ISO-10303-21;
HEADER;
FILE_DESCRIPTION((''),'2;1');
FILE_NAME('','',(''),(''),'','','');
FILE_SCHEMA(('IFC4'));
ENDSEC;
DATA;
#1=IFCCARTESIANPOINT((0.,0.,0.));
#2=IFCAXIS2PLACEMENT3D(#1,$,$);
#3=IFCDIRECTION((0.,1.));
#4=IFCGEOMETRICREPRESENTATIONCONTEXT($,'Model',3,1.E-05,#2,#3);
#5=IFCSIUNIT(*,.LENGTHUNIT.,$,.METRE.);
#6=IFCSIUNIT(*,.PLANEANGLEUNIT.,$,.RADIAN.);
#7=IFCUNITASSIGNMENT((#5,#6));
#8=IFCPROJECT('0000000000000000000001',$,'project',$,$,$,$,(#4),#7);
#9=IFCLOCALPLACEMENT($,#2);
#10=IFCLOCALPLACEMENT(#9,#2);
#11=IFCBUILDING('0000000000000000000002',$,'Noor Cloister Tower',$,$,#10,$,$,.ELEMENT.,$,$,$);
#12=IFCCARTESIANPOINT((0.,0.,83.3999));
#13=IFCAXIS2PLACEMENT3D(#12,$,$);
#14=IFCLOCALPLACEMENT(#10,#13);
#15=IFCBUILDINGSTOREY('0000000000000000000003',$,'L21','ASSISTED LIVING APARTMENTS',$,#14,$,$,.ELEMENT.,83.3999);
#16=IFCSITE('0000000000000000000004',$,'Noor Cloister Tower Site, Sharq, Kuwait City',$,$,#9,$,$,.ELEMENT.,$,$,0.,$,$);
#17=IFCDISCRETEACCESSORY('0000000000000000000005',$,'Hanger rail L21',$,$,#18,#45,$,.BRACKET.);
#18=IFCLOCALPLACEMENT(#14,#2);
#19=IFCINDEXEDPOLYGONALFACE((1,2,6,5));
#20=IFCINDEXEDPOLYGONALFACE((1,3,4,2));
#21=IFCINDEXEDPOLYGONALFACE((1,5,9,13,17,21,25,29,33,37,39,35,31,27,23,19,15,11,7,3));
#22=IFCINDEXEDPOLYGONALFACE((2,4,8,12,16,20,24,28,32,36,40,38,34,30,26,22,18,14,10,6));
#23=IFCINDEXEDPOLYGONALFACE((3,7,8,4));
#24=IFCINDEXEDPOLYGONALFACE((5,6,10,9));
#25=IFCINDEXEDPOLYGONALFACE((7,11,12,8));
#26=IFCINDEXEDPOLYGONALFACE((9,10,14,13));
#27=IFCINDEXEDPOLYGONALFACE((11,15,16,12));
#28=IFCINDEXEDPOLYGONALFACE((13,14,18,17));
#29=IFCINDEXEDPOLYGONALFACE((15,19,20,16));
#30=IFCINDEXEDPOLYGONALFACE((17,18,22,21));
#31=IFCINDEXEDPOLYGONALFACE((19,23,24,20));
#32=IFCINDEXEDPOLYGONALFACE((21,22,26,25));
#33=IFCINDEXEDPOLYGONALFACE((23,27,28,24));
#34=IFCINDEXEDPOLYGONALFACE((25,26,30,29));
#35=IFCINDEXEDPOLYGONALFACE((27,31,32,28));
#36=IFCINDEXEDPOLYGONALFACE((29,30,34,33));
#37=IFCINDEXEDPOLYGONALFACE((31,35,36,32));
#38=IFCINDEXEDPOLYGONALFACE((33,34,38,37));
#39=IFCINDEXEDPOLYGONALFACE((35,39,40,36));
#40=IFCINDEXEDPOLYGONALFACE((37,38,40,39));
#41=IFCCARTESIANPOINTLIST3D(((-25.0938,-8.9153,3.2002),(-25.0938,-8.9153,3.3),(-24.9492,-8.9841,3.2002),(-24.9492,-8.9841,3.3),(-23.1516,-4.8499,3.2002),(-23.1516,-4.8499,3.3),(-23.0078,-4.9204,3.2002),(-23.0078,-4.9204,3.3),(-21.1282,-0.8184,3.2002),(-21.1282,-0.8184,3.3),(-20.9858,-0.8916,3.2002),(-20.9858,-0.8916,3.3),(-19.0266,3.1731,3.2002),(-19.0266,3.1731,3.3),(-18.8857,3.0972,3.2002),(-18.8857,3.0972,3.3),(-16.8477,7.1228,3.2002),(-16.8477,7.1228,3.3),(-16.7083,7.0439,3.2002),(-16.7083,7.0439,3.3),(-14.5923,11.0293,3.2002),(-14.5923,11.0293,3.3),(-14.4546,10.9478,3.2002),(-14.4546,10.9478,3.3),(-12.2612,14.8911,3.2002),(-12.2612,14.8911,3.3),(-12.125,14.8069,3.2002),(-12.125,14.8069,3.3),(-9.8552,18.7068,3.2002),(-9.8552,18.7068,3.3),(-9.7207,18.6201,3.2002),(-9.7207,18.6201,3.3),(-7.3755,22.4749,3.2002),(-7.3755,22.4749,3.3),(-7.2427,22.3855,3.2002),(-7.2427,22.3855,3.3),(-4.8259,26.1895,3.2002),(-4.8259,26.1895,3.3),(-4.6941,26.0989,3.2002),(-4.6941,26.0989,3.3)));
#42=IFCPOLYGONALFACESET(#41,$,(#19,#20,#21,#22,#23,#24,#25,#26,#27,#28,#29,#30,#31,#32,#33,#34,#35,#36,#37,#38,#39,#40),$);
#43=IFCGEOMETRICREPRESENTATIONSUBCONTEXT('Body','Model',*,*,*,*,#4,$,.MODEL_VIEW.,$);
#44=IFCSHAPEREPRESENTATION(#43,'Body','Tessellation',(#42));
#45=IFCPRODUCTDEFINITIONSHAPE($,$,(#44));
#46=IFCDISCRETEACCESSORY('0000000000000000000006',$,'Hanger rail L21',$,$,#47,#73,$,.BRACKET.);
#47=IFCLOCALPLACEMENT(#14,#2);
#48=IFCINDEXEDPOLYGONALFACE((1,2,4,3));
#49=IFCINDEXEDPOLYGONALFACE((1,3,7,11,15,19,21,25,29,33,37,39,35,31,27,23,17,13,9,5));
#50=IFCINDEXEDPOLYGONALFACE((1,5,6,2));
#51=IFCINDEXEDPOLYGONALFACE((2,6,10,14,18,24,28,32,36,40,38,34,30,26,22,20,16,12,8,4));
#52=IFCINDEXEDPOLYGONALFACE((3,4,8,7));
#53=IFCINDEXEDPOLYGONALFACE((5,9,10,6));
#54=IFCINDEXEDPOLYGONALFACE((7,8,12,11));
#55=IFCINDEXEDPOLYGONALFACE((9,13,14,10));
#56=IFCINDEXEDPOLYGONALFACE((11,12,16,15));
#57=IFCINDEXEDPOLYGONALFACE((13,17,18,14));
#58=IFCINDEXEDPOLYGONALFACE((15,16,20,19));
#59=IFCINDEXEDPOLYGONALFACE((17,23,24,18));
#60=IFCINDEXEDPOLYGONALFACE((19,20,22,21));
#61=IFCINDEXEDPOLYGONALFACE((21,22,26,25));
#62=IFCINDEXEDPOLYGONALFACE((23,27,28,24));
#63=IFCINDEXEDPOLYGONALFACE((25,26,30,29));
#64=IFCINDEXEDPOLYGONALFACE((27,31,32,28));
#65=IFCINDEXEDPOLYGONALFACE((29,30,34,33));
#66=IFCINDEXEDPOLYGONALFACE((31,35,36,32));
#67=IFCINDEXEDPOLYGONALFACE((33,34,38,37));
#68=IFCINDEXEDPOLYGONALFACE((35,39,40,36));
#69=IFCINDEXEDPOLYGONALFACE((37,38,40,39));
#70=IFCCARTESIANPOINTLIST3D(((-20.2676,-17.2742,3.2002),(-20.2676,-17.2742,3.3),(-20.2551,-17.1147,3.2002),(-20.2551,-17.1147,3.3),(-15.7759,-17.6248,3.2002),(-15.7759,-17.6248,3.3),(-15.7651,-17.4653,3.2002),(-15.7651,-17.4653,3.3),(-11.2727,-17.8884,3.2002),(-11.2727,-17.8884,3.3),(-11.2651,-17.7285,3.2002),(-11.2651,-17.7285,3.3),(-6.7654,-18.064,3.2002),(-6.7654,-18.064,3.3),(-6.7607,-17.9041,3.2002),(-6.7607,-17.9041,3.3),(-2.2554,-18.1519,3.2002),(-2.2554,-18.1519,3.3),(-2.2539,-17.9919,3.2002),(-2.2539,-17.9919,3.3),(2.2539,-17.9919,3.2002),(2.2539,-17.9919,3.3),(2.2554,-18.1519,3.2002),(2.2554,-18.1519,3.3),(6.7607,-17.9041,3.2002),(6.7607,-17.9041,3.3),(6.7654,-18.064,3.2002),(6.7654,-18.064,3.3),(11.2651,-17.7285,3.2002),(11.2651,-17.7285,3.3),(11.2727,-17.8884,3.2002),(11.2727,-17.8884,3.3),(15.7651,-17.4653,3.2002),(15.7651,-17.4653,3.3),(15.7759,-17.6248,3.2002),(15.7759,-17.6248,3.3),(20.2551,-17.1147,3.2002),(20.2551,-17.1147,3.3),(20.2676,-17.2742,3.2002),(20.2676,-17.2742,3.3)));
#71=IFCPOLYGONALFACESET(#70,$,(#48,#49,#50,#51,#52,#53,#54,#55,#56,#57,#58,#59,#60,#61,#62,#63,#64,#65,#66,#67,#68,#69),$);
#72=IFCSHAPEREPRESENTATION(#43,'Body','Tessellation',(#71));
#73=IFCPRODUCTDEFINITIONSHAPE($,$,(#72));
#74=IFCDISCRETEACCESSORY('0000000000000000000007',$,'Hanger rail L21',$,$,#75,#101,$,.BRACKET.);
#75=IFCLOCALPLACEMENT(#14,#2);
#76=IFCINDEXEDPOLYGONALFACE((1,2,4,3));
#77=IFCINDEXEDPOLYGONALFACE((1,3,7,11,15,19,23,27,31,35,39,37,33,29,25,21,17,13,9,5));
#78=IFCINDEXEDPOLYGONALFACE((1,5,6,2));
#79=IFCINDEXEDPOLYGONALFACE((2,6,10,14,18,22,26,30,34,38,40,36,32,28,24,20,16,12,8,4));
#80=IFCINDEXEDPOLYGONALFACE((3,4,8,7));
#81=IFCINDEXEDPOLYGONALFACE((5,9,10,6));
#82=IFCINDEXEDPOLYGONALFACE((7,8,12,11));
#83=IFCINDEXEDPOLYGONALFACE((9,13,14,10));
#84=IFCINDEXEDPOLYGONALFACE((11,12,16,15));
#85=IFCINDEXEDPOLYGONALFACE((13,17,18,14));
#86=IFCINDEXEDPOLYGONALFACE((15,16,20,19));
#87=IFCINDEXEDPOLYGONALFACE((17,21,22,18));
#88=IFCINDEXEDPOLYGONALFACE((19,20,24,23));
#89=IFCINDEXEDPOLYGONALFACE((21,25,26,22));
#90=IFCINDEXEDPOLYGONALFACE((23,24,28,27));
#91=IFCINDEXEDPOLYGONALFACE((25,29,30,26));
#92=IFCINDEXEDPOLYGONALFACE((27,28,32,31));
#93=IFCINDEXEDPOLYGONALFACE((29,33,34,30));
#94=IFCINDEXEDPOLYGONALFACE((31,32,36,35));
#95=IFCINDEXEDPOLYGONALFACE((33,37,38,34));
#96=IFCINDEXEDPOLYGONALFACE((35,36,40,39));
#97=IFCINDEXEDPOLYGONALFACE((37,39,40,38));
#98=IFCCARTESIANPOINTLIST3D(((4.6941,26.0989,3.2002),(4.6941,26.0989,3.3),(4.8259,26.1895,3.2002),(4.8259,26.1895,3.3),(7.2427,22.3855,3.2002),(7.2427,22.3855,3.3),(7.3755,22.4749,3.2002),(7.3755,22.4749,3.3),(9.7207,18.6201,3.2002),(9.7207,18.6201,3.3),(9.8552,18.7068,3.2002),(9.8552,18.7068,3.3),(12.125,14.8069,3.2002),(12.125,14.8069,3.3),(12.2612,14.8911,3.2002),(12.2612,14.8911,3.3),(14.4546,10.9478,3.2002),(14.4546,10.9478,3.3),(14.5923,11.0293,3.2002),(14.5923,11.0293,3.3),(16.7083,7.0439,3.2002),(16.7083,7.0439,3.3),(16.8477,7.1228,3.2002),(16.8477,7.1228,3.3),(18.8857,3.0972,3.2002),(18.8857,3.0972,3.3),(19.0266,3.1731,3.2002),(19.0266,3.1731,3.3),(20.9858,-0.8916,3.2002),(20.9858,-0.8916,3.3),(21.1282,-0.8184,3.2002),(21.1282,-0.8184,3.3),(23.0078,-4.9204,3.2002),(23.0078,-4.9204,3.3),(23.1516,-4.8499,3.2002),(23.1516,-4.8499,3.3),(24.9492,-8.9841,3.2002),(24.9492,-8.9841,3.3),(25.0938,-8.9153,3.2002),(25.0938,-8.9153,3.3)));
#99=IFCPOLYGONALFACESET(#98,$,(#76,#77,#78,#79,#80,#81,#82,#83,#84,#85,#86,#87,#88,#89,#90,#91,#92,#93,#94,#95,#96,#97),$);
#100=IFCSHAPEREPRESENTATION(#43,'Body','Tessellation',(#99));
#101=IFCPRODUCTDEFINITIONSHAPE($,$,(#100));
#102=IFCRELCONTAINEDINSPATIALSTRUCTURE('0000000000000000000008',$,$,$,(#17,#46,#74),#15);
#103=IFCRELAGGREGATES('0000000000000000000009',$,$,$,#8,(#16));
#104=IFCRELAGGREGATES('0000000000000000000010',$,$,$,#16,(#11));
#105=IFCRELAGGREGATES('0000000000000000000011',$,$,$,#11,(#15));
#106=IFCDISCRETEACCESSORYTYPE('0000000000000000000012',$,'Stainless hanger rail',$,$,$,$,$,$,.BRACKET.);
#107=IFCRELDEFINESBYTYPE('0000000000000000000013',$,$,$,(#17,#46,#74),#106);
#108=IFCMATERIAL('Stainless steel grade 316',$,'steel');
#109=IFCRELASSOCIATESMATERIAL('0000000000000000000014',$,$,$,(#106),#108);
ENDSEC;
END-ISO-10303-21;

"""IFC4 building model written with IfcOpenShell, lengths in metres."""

from ifc_helpers import new_model, si_unit, direction, frame, origin, place, context, subcontext, project, spatial, polyline, outline, extrude, material, type_object, element, save


model = new_model("IFC4")

# Units and contexts
model_context = context("Model", 3, precision=1e-05, world=origin(), true_north=direction((0.0, 1.0)))
body_context = subcontext(model_context, "Body", "Model", "MODEL_VIEW")
ifc_project = project(units=[si_unit("LENGTHUNIT", "METRE"), si_unit("PLANEANGLEUNIT", "RADIAN")], contexts=[model_context])

# Site, building, storey
site_placement = place(None, origin())
site = spatial("IfcSite", under=ifc_project, at=site_placement, Name="Noor Cloister Tower Site, Sharq, Kuwait City", CompositionType="ELEMENT", RefElevation=0.0)
building_placement = place(site_placement, origin())
building = spatial("IfcBuilding", under=site, at=building_placement, Name="Noor Cloister Tower", CompositionType="ELEMENT")
storey_placement = place(building_placement, frame((0.0, 0.0, 83.3999)))
storey = spatial("IfcBuildingStorey", under=building, at=storey_placement, Name="L21", Description="ASSISTED LIVING APARTMENTS", CompositionType="ELEMENT", Elevation=83.3999)

# Discrete accessories
ifc_material_1 = material(Name="Stainless steel grade 316", Category="steel")
discrete_accessory_type = type_object("IfcDiscreteAccessoryType", Name="Stainless hanger rail", PredefinedType="BRACKET", material=ifc_material_1)
discrete_accessory_1_placement = place(storey_placement, frame((0.0, 0.0, 3.2002)))
element("IfcDiscreteAccessory", 1, at=discrete_accessory_1_placement, inside=storey, type_object=discrete_accessory_type, Name="Hanger rail L21", PredefinedType="BRACKET", context=body_context, shape_type="SweptSolid", body=[
    extrude(outline(polyline([(-4.8259, 26.1895), (-7.3755, 22.4749), (-9.8552, 18.7068), (-12.2612, 14.8911), (-14.5923, 11.0293), (-16.8477, 7.1228), (-19.0266, 3.1731), (-21.1282, -0.8184), (-23.1516, -4.8499), (-25.0938, -8.9153), (-24.9492, -8.9841), (-23.0078, -4.9204), (-20.9858, -0.8916), (-18.8857, 3.0972), (-16.7083, 7.0439), (-14.4546, 10.9478), (-12.125, 14.8069), (-9.7207, 18.6201), (-7.2427, 22.3855), (-4.6941, 26.0989), (-4.8259, 26.1895)])), origin(), (0.0, 0.0, 1.0), 0.0999),
])
discrete_accessory_2_placement = place(storey_placement, frame((0.0, 0.0, 3.2002)))
element("IfcDiscreteAccessory", 2, at=discrete_accessory_2_placement, inside=storey, type_object=discrete_accessory_type, Name="Hanger rail L21", PredefinedType="BRACKET", context=body_context, shape_type="SweptSolid", body=[
    extrude(outline(polyline([(-20.2676, -17.2742), (-15.7759, -17.6248), (-11.2727, -17.8884), (-6.7654, -18.064), (-2.2554, -18.1519), (2.2554, -18.1519), (6.7654, -18.064), (11.2727, -17.8884), (15.7759, -17.6248), (20.2676, -17.2742), (20.2551, -17.1147), (15.7651, -17.4653), (11.2651, -17.7285), (6.7607, -17.9041), (2.2539, -17.9919), (-2.2539, -17.9919), (-6.7607, -17.9041), (-11.2651, -17.7285), (-15.7651, -17.4653), (-20.2551, -17.1147), (-20.2676, -17.2742)])), origin(), (0.0, 0.0, 1.0), 0.0999),
])
discrete_accessory_3_placement = place(storey_placement, frame((0.0, 0.0, 3.2002)))
element("IfcDiscreteAccessory", 3, at=discrete_accessory_3_placement, inside=storey, type_object=discrete_accessory_type, Name="Hanger rail L21", PredefinedType="BRACKET", context=body_context, shape_type="SweptSolid", body=[
    extrude(outline(polyline([(25.0938, -8.9153), (23.1516, -4.8499), (21.1282, -0.8184), (19.0266, 3.1731), (16.8477, 7.1228), (14.5923, 11.0293), (12.2612, 14.8911), (9.8552, 18.7068), (7.3755, 22.4749), (4.8259, 26.1895), (4.6941, 26.0989), (7.2427, 22.3855), (9.7207, 18.6201), (12.125, 14.8069), (14.4546, 10.9478), (16.7083, 7.0439), (18.8857, 3.0972), (20.9858, -0.8916), (23.0078, -4.9204), (24.9492, -8.9841), (25.0938, -8.9153)])), origin(), (0.0, 0.0, 1.0), 0.0999),
])

save(model, "model.ifc")
